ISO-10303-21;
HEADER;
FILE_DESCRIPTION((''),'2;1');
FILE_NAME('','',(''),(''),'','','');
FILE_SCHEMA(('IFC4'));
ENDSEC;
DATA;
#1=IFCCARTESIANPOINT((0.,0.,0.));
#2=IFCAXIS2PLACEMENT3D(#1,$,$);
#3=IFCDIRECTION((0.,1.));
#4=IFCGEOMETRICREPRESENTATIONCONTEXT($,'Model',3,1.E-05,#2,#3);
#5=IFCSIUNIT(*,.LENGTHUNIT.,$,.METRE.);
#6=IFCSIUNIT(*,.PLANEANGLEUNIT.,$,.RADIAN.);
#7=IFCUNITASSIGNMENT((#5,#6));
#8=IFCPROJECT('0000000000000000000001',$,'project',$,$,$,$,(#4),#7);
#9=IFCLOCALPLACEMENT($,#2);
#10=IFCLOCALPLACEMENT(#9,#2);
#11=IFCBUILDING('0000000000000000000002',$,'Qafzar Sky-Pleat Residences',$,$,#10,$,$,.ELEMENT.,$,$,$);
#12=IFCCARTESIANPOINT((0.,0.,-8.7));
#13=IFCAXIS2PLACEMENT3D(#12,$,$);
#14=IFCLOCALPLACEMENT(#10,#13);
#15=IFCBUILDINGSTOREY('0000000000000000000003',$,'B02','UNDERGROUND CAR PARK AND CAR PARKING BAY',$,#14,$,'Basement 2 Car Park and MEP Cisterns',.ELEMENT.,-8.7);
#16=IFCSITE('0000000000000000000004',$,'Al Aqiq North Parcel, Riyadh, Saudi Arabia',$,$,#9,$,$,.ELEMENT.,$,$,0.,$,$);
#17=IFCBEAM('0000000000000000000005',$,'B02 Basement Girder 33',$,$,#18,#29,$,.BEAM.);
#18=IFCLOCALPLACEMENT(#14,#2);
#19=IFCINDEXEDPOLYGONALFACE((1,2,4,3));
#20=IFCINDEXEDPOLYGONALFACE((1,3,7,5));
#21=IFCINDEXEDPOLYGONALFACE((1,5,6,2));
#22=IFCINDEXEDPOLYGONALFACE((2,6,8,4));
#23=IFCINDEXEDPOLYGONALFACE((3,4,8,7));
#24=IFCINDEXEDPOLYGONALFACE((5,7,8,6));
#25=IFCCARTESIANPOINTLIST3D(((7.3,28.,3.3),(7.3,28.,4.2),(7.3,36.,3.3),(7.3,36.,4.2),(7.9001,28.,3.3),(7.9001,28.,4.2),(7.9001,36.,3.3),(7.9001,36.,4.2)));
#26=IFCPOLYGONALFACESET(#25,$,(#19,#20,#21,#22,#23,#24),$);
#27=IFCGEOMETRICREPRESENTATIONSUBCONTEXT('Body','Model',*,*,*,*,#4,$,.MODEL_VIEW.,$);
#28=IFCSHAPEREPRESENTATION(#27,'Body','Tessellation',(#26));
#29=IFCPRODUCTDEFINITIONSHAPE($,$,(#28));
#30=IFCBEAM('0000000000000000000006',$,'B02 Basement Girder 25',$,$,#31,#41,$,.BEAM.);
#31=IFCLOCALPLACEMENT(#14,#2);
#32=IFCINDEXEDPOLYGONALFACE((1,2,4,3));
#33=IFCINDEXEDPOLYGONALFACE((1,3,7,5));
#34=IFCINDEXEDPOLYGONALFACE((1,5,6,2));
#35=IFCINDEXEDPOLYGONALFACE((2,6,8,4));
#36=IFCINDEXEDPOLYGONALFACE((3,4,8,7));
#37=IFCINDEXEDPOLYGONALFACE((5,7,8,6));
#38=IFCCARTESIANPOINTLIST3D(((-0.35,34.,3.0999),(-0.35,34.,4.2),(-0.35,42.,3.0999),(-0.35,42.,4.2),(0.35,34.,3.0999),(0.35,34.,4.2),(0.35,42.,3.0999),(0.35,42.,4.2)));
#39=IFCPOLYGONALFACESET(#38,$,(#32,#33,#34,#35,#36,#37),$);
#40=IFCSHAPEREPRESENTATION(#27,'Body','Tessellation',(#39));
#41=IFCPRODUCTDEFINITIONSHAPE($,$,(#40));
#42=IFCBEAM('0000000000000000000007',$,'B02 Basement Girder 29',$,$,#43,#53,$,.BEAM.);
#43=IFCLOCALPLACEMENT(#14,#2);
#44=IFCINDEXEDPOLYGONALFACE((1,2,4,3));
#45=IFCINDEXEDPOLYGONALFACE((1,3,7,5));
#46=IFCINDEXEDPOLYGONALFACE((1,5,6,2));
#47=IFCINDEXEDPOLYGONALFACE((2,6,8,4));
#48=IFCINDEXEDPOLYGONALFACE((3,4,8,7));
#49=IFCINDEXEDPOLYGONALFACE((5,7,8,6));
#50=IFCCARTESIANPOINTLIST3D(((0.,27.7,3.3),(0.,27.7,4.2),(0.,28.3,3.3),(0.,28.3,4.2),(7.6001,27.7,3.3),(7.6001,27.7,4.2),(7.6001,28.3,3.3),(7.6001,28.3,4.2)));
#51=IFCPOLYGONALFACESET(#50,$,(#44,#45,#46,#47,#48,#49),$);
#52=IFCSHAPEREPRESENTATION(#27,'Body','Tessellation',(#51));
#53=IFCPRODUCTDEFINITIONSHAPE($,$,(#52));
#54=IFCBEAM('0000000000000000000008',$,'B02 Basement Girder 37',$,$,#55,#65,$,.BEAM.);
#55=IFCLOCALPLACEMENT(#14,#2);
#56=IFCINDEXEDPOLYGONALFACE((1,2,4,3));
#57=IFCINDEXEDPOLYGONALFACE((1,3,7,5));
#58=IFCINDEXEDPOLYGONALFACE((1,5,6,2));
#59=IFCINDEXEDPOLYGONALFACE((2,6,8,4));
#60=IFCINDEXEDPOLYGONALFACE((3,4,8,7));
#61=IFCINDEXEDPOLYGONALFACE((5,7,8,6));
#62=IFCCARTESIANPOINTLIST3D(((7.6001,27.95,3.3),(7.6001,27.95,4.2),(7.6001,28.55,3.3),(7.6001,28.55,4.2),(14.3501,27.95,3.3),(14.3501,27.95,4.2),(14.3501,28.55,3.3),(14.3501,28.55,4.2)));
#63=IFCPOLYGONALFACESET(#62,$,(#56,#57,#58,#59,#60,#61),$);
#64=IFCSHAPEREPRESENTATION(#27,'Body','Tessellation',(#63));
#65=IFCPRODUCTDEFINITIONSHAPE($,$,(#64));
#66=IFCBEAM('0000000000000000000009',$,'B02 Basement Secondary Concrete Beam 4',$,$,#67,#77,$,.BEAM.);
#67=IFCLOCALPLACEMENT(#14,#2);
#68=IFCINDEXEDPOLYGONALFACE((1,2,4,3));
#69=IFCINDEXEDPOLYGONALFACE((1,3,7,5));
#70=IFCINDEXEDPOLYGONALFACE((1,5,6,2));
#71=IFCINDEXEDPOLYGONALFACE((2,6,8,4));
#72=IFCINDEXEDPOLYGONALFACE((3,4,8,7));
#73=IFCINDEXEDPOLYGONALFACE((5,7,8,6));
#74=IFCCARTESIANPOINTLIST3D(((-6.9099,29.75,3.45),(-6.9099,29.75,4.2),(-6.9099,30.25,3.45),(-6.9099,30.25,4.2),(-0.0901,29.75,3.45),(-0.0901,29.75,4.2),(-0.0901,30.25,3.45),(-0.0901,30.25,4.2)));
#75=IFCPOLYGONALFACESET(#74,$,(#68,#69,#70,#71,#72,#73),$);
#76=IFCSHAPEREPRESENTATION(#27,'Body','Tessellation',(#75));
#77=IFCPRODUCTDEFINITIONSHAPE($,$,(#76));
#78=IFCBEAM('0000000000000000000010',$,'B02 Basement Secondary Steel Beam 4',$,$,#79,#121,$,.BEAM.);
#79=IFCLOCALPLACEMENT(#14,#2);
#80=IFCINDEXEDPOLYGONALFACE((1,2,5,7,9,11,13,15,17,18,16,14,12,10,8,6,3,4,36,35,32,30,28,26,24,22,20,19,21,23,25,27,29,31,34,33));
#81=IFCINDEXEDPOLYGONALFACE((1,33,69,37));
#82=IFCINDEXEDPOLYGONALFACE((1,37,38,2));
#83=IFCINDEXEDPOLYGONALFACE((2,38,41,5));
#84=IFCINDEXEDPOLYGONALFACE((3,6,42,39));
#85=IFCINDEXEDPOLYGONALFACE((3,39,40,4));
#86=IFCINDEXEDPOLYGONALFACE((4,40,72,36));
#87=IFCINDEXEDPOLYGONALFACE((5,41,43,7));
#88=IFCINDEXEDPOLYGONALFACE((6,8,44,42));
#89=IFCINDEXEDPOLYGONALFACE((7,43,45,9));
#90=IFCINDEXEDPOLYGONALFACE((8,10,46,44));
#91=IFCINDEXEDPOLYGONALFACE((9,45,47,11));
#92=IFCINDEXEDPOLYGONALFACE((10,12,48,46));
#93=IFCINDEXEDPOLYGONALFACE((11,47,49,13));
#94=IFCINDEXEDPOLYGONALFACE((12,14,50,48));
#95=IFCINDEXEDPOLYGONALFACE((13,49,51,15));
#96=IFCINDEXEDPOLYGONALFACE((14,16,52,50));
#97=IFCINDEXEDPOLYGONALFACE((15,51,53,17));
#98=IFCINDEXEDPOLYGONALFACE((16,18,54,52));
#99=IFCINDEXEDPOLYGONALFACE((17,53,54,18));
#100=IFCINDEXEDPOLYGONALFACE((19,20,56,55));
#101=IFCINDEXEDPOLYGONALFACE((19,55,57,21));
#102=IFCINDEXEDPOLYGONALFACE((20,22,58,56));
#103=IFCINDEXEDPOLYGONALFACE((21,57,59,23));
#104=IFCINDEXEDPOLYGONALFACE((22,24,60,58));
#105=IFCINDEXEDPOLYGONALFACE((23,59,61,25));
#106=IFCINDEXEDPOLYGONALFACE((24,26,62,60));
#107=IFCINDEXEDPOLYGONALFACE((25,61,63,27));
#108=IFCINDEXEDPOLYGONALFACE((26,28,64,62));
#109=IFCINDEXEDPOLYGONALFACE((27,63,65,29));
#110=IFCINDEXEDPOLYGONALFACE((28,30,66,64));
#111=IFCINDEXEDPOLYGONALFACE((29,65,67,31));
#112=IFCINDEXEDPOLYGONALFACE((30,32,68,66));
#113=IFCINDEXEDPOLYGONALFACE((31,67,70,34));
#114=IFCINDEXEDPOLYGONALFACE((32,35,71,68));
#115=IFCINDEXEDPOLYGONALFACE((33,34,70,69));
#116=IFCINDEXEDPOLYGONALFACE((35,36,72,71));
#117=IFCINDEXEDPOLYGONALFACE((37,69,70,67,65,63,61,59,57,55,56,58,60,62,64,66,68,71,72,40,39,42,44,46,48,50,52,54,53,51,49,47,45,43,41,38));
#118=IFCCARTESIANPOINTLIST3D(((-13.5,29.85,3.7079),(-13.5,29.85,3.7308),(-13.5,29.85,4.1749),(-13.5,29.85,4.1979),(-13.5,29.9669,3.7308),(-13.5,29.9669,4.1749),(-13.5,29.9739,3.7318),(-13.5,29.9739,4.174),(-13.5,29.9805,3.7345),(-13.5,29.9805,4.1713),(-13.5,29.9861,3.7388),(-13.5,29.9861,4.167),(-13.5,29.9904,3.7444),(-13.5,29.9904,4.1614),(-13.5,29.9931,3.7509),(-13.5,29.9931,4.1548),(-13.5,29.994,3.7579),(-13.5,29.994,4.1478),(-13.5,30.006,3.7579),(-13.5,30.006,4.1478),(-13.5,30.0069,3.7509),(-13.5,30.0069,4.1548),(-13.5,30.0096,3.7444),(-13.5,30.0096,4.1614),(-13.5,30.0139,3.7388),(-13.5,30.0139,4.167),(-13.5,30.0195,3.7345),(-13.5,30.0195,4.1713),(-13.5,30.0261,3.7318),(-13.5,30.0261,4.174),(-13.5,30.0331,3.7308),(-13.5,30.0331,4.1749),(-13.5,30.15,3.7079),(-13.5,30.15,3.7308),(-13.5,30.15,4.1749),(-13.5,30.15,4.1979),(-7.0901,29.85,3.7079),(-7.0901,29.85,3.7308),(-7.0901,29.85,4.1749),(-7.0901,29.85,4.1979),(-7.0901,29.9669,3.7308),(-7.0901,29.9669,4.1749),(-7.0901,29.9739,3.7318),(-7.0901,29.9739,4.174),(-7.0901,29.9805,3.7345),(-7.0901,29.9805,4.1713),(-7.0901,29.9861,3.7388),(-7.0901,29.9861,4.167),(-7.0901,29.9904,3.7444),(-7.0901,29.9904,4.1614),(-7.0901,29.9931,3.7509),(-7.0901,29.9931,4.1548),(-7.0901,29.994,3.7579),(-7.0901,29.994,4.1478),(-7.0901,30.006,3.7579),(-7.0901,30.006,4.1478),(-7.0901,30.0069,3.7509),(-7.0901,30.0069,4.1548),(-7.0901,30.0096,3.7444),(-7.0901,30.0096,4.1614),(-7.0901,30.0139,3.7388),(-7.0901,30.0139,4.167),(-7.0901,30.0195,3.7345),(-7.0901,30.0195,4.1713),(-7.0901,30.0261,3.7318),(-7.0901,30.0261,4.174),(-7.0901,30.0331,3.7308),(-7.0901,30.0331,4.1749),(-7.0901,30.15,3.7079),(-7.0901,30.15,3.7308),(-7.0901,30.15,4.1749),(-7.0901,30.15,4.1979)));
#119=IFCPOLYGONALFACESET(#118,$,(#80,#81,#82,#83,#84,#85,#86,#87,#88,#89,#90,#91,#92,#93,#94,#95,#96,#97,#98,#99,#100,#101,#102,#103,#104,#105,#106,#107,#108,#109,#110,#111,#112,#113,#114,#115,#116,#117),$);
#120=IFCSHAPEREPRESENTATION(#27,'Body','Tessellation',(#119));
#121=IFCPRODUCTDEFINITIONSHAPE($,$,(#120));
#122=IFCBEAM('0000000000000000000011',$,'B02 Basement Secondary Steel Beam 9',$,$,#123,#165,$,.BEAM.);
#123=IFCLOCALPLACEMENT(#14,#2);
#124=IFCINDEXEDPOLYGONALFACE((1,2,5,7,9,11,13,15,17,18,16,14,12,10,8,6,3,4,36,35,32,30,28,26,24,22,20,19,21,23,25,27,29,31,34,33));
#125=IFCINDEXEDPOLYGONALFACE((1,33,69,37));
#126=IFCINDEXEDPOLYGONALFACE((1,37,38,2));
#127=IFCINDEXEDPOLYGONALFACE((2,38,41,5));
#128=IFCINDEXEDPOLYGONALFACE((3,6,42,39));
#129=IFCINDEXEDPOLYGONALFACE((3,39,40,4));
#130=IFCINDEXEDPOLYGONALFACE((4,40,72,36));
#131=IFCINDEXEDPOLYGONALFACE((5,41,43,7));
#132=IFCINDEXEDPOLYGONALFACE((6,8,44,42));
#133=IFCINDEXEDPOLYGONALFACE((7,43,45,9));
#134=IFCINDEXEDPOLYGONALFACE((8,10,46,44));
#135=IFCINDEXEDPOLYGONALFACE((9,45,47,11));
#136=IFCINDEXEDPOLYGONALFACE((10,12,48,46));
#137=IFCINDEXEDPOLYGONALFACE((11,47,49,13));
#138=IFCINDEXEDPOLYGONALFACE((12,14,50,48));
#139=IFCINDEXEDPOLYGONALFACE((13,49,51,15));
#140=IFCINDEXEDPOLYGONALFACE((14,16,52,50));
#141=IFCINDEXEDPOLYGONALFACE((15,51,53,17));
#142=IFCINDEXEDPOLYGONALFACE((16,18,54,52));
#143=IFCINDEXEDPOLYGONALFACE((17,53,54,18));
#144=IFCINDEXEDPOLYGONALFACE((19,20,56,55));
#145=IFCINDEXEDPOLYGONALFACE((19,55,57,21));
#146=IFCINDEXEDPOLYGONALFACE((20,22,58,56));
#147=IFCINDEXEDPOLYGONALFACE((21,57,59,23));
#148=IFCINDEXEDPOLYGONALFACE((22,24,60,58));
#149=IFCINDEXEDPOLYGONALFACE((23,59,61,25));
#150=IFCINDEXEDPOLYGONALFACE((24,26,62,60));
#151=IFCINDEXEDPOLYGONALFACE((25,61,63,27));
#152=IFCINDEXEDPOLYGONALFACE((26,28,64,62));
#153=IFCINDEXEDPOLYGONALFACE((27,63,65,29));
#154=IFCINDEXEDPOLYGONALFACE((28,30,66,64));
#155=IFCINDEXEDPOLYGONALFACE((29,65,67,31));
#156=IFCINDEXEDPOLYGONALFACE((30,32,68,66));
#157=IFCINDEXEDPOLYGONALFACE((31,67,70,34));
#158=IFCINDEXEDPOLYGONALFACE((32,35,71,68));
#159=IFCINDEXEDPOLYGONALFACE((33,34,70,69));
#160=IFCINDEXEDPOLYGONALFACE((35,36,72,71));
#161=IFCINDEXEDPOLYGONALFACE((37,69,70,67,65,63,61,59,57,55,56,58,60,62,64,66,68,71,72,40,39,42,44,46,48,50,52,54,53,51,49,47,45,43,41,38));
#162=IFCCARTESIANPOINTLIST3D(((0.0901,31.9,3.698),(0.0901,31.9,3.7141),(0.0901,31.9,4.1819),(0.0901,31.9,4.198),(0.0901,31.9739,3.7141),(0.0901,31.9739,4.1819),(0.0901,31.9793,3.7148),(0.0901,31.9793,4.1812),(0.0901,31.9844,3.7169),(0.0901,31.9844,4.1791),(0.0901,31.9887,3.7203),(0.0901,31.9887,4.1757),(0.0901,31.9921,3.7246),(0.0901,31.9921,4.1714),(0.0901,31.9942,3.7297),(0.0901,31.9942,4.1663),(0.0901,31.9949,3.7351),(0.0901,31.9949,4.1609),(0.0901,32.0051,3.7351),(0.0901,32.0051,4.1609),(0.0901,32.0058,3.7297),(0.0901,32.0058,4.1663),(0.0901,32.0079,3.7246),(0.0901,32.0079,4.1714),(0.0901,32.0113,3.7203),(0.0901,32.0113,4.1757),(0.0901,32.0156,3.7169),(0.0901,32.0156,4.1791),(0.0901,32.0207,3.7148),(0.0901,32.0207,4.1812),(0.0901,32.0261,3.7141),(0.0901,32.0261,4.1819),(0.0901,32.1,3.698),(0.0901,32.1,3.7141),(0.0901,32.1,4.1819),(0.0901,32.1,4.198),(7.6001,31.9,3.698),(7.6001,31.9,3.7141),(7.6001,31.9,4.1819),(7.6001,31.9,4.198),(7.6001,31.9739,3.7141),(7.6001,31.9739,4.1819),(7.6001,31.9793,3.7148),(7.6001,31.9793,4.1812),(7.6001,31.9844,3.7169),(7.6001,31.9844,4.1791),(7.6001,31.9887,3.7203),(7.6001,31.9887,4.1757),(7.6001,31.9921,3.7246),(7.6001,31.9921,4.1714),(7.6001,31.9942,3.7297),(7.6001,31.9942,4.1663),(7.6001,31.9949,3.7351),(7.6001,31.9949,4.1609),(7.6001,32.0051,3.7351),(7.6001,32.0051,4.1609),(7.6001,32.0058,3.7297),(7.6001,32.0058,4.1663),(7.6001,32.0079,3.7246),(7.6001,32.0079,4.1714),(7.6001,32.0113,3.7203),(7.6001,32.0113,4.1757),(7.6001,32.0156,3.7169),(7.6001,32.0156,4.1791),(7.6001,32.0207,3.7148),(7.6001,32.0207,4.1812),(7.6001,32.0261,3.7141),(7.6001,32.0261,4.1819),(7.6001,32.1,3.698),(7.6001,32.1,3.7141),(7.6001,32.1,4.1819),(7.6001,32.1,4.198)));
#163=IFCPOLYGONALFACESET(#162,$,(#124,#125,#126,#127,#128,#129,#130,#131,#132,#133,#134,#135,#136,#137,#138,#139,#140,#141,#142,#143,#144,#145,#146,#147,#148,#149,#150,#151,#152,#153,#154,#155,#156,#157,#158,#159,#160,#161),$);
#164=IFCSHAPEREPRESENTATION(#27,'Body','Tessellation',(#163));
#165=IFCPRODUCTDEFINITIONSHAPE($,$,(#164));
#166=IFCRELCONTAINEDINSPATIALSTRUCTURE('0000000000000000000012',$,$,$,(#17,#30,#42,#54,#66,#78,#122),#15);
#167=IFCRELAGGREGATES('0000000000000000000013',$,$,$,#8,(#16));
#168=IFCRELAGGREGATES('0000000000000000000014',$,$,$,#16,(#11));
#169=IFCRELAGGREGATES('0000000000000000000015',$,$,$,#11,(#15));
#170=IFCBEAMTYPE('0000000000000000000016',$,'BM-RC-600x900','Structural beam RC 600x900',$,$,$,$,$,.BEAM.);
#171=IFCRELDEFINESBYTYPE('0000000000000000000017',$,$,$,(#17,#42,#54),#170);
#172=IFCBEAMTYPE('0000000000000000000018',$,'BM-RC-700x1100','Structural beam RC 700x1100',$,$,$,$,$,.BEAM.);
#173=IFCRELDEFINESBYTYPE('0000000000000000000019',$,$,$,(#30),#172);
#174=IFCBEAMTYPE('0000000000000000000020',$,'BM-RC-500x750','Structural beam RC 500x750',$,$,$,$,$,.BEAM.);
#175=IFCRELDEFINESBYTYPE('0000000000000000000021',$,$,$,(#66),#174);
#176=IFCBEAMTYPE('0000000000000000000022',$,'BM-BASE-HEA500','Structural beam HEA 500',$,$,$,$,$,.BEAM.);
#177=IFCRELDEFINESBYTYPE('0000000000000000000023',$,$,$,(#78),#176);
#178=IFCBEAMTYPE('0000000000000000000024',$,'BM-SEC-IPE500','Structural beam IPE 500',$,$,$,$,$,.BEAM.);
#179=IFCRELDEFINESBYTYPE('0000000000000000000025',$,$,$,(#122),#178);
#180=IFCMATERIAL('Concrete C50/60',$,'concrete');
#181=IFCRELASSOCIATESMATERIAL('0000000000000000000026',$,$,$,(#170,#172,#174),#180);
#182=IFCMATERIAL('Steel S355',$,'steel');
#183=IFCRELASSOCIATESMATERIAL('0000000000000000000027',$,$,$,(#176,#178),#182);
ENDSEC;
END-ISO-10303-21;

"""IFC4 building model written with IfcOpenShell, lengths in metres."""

from ifc_helpers import new_model, si_unit, direction, frame, origin, origin_2d, place, context, subcontext, project, spatial, rectangle, i_section, extrude, source, transform, mapped, material, material_profile, profile_set, type_object, element, save


model = new_model("IFC4")

# Units and contexts
model_context = context("Model", 3, precision=1e-05, world=origin(), true_north=direction((0.0, 1.0)))
body_context = subcontext(model_context, "Body", "Model", "MODEL_VIEW")
ifc_project = project(units=[si_unit("LENGTHUNIT", "METRE"), si_unit("PLANEANGLEUNIT", "RADIAN")], contexts=[model_context])

# Site, building, storey
site_placement = place(None, origin())
site = spatial("IfcSite", under=ifc_project, at=site_placement, Name="Al Aqiq North Parcel, Riyadh, Saudi Arabia", CompositionType="ELEMENT", RefElevation=0.0)
building_placement = place(site_placement, origin())
building = spatial("IfcBuilding", under=site, at=building_placement, Name="Qafzar Sky-Pleat Residences", CompositionType="ELEMENT")
storey_placement = place(building_placement, frame((0.0, 0.0, -8.7)))
storey = spatial("IfcBuildingStorey", under=building, at=storey_placement, Name="B02", Description="UNDERGROUND CAR PARK AND CAR PARKING BAY", LongName="Basement 2 Car Park and MEP Cisterns", CompositionType="ELEMENT", Elevation=-8.7)

# Shared definitions
ifc_material_1 = material(Name="Concrete C50/60", Category="concrete")

# Shared definitions
ifc_material_2 = material(Name="Steel S355", Category="steel")

# Beams
ifc_material_profile_1 = material_profile(ifc_material_1, rectangle(XDim=0.6001, YDim=0.8999, at=origin_2d()), Name="RC 600x900")
ifc_profile_set_1 = profile_set([ifc_material_profile_1], Name="Concrete C50/60")
beam_type_1 = type_object("IfcBeamType", Name="BM-RC-600x900", Description="Structural beam RC 600x900", PredefinedType="BEAM", material=ifc_profile_set_1)
shared_shape_1 = source(origin(), body_context, "Body", "SweptSolid", [
    extrude(rectangle(XDim=0.6001, YDim=0.8999, at=origin_2d()), origin(), (0.0, 0.0, 1.0), 8.0),
])
for number, where, z_axis, x_axis, name in (
    (1, (7.6001, 28.0, 3.75), (0.0, 1.0, 0.0), (-1.0, 0.0, 0.0), "B02 Basement Girder 33"),
):
    element("IfcBeam", number, at=place(storey_placement, frame(where, z_axis=z_axis, x_axis=x_axis)), inside=storey, type_object=beam_type_1, Name=name, PredefinedType="BEAM", context=body_context, shape_type="MappedRepresentation", body=[
        mapped(shared_shape_1, transform((0.0, 0.0, 0.0), x_axis=(1.0, 0.0, 0.0), y_axis=(0.0, 1.0, 0.0), z_axis=(0.0, 0.0, 1.0), scale=1.0)),
    ])
ifc_material_profile_2 = material_profile(ifc_material_1, rectangle(XDim=0.7, YDim=1.1001, at=origin_2d()), Name="RC 700x1100")
ifc_profile_set_2 = profile_set([ifc_material_profile_2], Name="Concrete C50/60")
beam_type_2 = type_object("IfcBeamType", Name="BM-RC-700x1100", Description="Structural beam RC 700x1100", PredefinedType="BEAM", material=ifc_profile_set_2)
shared_shape_2 = source(origin(), body_context, "Body", "SweptSolid", [
    extrude(rectangle(XDim=0.7, YDim=1.1001, at=origin_2d()), origin(), (0.0, 0.0, 1.0), 8.0),
])
beam_1_placement = place(storey_placement, frame((0.0, 34.0, 3.6499), z_axis=(0.0, 1.0, 0.0), x_axis=(-1.0, 0.0, 0.0)))
element("IfcBeam", 2, at=beam_1_placement, inside=storey, type_object=beam_type_2, Name="B02 Basement Girder 25", PredefinedType="BEAM", context=body_context, shape_type="MappedRepresentation", body=[
    mapped(shared_shape_2, transform((0.0, 0.0, 0.0), x_axis=(1.0, 0.0, 0.0), y_axis=(0.0, 1.0, 0.0), z_axis=(0.0, 0.0, 1.0), scale=1.0)),
])
shared_shape_3 = source(origin(), body_context, "Body", "SweptSolid", [
    extrude(rectangle(XDim=0.6001, YDim=0.8999, at=origin_2d()), origin(), (0.0, 0.0, 1.0), 7.6001),
])
beam_2_placement = place(storey_placement, frame((0.0, 28.0, 3.75), z_axis=(1.0, 0.0, 0.0), x_axis=(0.0, 1.0, 0.0)))
element("IfcBeam", 3, at=beam_2_placement, inside=storey, type_object=beam_type_1, Name="B02 Basement Girder 29", PredefinedType="BEAM", context=body_context, shape_type="MappedRepresentation", body=[
    mapped(shared_shape_3, transform((0.0, 0.0, 0.0), x_axis=(1.0, 0.0, 0.0), y_axis=(0.0, 1.0, 0.0), z_axis=(0.0, 0.0, 1.0), scale=1.0)),
])
shared_shape_4 = source(origin(), body_context, "Body", "SweptSolid", [
    extrude(rectangle(XDim=0.6001, YDim=0.8999, at=origin_2d()), origin(), (0.0, 0.0, 1.0), 6.75),
])
beam_3_placement = place(storey_placement, frame((7.6001, 28.25, 3.75), z_axis=(1.0, 0.0, 0.0), x_axis=(0.0, 1.0, 0.0)))
element("IfcBeam", 4, at=beam_3_placement, inside=storey, type_object=beam_type_1, Name="B02 Basement Girder 37", PredefinedType="BEAM", context=body_context, shape_type="MappedRepresentation", body=[
    mapped(shared_shape_4, transform((0.0, 0.0, 0.0), x_axis=(1.0, 0.0, 0.0), y_axis=(0.0, 1.0, 0.0), z_axis=(0.0, 0.0, 1.0), scale=1.0)),
])
ifc_material_profile_3 = material_profile(ifc_material_1, rectangle(XDim=0.5, YDim=0.75, at=origin_2d()), Name="RC 500x750")
ifc_profile_set_3 = profile_set([ifc_material_profile_3], Name="Concrete C50/60")
beam_type_3 = type_object("IfcBeamType", Name="BM-RC-500x750", Description="Structural beam RC 500x750", PredefinedType="BEAM", material=ifc_profile_set_3)
shared_shape_5 = source(origin(), body_context, "Body", "SweptSolid", [
    extrude(rectangle(XDim=0.5, YDim=0.75, at=origin_2d()), origin(), (0.0, 0.0, 1.0), 6.8198),
])
beam_4_placement = place(storey_placement, frame((-6.9099, 30.0, 3.825), z_axis=(1.0, 0.0, 0.0), x_axis=(0.0, 1.0, 0.0)))
element("IfcBeam", 5, at=beam_4_placement, inside=storey, type_object=beam_type_3, Name="B02 Basement Secondary Concrete Beam 4", PredefinedType="BEAM", context=body_context, shape_type="MappedRepresentation", body=[
    mapped(shared_shape_5, transform((0.0, 0.0, 0.0), x_axis=(1.0, 0.0, 0.0), y_axis=(0.0, 1.0, 0.0), z_axis=(0.0, 0.0, 1.0), scale=1.0)),
])
ifc_material_profile_4 = material_profile(ifc_material_2, i_section(OverallWidth=0.3, OverallDepth=0.49, WebThickness=0.012, FlangeThickness=0.0229, FilletRadius=0.0271, at=origin_2d()), Name="HEA 500")
ifc_profile_set_4 = profile_set([ifc_material_profile_4], Name="Steel S355")
beam_type_4 = type_object("IfcBeamType", Name="BM-BASE-HEA500", Description="Structural beam HEA 500", PredefinedType="BEAM", material=ifc_profile_set_4)
shared_shape_6 = source(origin(), body_context, "Body", "SweptSolid", [
    extrude(i_section(OverallWidth=0.3, OverallDepth=0.49, WebThickness=0.012, FlangeThickness=0.0229, FilletRadius=0.0271, at=origin_2d()), origin(), (0.0, 0.0, 1.0), 6.4099),
])
beam_5_placement = place(storey_placement, frame((-13.5, 30.0, 3.9529), z_axis=(1.0, 0.0, 0.0), x_axis=(0.0, 1.0, 0.0)))
element("IfcBeam", 6, at=beam_5_placement, inside=storey, type_object=beam_type_4, Name="B02 Basement Secondary Steel Beam 4", PredefinedType="BEAM", context=body_context, shape_type="MappedRepresentation", body=[
    mapped(shared_shape_6, transform((0.0, 0.0, 0.0), x_axis=(1.0, 0.0, 0.0), y_axis=(0.0, 1.0, 0.0), z_axis=(0.0, 0.0, 1.0), scale=1.0)),
])
ifc_material_profile_5 = material_profile(ifc_material_2, i_section(OverallWidth=0.2, OverallDepth=0.5, WebThickness=0.0103, FlangeThickness=0.0161, FilletRadius=0.021, at=origin_2d()), Name="IPE 500")
ifc_profile_set_5 = profile_set([ifc_material_profile_5], Name="Steel S355")
beam_type_5 = type_object("IfcBeamType", Name="BM-SEC-IPE500", Description="Structural beam IPE 500", PredefinedType="BEAM", material=ifc_profile_set_5)
shared_shape_7 = source(origin(), body_context, "Body", "SweptSolid", [
    extrude(i_section(OverallWidth=0.2, OverallDepth=0.5, WebThickness=0.0103, FlangeThickness=0.0161, FilletRadius=0.021, at=origin_2d()), origin(), (0.0, 0.0, 1.0), 7.51),
])
beam_6_placement = place(storey_placement, frame((0.0901, 32.0, 3.948), z_axis=(1.0, 0.0, 0.0), x_axis=(0.0, 1.0, 0.0)))
element("IfcBeam", 7, at=beam_6_placement, inside=storey, type_object=beam_type_5, Name="B02 Basement Secondary Steel Beam 9", PredefinedType="BEAM", context=body_context, shape_type="MappedRepresentation", body=[
    mapped(shared_shape_7, transform((0.0, 0.0, 0.0), x_axis=(1.0, 0.0, 0.0), y_axis=(0.0, 1.0, 0.0), z_axis=(0.0, 0.0, 1.0), scale=1.0)),
])

save(model, "model.ifc")
